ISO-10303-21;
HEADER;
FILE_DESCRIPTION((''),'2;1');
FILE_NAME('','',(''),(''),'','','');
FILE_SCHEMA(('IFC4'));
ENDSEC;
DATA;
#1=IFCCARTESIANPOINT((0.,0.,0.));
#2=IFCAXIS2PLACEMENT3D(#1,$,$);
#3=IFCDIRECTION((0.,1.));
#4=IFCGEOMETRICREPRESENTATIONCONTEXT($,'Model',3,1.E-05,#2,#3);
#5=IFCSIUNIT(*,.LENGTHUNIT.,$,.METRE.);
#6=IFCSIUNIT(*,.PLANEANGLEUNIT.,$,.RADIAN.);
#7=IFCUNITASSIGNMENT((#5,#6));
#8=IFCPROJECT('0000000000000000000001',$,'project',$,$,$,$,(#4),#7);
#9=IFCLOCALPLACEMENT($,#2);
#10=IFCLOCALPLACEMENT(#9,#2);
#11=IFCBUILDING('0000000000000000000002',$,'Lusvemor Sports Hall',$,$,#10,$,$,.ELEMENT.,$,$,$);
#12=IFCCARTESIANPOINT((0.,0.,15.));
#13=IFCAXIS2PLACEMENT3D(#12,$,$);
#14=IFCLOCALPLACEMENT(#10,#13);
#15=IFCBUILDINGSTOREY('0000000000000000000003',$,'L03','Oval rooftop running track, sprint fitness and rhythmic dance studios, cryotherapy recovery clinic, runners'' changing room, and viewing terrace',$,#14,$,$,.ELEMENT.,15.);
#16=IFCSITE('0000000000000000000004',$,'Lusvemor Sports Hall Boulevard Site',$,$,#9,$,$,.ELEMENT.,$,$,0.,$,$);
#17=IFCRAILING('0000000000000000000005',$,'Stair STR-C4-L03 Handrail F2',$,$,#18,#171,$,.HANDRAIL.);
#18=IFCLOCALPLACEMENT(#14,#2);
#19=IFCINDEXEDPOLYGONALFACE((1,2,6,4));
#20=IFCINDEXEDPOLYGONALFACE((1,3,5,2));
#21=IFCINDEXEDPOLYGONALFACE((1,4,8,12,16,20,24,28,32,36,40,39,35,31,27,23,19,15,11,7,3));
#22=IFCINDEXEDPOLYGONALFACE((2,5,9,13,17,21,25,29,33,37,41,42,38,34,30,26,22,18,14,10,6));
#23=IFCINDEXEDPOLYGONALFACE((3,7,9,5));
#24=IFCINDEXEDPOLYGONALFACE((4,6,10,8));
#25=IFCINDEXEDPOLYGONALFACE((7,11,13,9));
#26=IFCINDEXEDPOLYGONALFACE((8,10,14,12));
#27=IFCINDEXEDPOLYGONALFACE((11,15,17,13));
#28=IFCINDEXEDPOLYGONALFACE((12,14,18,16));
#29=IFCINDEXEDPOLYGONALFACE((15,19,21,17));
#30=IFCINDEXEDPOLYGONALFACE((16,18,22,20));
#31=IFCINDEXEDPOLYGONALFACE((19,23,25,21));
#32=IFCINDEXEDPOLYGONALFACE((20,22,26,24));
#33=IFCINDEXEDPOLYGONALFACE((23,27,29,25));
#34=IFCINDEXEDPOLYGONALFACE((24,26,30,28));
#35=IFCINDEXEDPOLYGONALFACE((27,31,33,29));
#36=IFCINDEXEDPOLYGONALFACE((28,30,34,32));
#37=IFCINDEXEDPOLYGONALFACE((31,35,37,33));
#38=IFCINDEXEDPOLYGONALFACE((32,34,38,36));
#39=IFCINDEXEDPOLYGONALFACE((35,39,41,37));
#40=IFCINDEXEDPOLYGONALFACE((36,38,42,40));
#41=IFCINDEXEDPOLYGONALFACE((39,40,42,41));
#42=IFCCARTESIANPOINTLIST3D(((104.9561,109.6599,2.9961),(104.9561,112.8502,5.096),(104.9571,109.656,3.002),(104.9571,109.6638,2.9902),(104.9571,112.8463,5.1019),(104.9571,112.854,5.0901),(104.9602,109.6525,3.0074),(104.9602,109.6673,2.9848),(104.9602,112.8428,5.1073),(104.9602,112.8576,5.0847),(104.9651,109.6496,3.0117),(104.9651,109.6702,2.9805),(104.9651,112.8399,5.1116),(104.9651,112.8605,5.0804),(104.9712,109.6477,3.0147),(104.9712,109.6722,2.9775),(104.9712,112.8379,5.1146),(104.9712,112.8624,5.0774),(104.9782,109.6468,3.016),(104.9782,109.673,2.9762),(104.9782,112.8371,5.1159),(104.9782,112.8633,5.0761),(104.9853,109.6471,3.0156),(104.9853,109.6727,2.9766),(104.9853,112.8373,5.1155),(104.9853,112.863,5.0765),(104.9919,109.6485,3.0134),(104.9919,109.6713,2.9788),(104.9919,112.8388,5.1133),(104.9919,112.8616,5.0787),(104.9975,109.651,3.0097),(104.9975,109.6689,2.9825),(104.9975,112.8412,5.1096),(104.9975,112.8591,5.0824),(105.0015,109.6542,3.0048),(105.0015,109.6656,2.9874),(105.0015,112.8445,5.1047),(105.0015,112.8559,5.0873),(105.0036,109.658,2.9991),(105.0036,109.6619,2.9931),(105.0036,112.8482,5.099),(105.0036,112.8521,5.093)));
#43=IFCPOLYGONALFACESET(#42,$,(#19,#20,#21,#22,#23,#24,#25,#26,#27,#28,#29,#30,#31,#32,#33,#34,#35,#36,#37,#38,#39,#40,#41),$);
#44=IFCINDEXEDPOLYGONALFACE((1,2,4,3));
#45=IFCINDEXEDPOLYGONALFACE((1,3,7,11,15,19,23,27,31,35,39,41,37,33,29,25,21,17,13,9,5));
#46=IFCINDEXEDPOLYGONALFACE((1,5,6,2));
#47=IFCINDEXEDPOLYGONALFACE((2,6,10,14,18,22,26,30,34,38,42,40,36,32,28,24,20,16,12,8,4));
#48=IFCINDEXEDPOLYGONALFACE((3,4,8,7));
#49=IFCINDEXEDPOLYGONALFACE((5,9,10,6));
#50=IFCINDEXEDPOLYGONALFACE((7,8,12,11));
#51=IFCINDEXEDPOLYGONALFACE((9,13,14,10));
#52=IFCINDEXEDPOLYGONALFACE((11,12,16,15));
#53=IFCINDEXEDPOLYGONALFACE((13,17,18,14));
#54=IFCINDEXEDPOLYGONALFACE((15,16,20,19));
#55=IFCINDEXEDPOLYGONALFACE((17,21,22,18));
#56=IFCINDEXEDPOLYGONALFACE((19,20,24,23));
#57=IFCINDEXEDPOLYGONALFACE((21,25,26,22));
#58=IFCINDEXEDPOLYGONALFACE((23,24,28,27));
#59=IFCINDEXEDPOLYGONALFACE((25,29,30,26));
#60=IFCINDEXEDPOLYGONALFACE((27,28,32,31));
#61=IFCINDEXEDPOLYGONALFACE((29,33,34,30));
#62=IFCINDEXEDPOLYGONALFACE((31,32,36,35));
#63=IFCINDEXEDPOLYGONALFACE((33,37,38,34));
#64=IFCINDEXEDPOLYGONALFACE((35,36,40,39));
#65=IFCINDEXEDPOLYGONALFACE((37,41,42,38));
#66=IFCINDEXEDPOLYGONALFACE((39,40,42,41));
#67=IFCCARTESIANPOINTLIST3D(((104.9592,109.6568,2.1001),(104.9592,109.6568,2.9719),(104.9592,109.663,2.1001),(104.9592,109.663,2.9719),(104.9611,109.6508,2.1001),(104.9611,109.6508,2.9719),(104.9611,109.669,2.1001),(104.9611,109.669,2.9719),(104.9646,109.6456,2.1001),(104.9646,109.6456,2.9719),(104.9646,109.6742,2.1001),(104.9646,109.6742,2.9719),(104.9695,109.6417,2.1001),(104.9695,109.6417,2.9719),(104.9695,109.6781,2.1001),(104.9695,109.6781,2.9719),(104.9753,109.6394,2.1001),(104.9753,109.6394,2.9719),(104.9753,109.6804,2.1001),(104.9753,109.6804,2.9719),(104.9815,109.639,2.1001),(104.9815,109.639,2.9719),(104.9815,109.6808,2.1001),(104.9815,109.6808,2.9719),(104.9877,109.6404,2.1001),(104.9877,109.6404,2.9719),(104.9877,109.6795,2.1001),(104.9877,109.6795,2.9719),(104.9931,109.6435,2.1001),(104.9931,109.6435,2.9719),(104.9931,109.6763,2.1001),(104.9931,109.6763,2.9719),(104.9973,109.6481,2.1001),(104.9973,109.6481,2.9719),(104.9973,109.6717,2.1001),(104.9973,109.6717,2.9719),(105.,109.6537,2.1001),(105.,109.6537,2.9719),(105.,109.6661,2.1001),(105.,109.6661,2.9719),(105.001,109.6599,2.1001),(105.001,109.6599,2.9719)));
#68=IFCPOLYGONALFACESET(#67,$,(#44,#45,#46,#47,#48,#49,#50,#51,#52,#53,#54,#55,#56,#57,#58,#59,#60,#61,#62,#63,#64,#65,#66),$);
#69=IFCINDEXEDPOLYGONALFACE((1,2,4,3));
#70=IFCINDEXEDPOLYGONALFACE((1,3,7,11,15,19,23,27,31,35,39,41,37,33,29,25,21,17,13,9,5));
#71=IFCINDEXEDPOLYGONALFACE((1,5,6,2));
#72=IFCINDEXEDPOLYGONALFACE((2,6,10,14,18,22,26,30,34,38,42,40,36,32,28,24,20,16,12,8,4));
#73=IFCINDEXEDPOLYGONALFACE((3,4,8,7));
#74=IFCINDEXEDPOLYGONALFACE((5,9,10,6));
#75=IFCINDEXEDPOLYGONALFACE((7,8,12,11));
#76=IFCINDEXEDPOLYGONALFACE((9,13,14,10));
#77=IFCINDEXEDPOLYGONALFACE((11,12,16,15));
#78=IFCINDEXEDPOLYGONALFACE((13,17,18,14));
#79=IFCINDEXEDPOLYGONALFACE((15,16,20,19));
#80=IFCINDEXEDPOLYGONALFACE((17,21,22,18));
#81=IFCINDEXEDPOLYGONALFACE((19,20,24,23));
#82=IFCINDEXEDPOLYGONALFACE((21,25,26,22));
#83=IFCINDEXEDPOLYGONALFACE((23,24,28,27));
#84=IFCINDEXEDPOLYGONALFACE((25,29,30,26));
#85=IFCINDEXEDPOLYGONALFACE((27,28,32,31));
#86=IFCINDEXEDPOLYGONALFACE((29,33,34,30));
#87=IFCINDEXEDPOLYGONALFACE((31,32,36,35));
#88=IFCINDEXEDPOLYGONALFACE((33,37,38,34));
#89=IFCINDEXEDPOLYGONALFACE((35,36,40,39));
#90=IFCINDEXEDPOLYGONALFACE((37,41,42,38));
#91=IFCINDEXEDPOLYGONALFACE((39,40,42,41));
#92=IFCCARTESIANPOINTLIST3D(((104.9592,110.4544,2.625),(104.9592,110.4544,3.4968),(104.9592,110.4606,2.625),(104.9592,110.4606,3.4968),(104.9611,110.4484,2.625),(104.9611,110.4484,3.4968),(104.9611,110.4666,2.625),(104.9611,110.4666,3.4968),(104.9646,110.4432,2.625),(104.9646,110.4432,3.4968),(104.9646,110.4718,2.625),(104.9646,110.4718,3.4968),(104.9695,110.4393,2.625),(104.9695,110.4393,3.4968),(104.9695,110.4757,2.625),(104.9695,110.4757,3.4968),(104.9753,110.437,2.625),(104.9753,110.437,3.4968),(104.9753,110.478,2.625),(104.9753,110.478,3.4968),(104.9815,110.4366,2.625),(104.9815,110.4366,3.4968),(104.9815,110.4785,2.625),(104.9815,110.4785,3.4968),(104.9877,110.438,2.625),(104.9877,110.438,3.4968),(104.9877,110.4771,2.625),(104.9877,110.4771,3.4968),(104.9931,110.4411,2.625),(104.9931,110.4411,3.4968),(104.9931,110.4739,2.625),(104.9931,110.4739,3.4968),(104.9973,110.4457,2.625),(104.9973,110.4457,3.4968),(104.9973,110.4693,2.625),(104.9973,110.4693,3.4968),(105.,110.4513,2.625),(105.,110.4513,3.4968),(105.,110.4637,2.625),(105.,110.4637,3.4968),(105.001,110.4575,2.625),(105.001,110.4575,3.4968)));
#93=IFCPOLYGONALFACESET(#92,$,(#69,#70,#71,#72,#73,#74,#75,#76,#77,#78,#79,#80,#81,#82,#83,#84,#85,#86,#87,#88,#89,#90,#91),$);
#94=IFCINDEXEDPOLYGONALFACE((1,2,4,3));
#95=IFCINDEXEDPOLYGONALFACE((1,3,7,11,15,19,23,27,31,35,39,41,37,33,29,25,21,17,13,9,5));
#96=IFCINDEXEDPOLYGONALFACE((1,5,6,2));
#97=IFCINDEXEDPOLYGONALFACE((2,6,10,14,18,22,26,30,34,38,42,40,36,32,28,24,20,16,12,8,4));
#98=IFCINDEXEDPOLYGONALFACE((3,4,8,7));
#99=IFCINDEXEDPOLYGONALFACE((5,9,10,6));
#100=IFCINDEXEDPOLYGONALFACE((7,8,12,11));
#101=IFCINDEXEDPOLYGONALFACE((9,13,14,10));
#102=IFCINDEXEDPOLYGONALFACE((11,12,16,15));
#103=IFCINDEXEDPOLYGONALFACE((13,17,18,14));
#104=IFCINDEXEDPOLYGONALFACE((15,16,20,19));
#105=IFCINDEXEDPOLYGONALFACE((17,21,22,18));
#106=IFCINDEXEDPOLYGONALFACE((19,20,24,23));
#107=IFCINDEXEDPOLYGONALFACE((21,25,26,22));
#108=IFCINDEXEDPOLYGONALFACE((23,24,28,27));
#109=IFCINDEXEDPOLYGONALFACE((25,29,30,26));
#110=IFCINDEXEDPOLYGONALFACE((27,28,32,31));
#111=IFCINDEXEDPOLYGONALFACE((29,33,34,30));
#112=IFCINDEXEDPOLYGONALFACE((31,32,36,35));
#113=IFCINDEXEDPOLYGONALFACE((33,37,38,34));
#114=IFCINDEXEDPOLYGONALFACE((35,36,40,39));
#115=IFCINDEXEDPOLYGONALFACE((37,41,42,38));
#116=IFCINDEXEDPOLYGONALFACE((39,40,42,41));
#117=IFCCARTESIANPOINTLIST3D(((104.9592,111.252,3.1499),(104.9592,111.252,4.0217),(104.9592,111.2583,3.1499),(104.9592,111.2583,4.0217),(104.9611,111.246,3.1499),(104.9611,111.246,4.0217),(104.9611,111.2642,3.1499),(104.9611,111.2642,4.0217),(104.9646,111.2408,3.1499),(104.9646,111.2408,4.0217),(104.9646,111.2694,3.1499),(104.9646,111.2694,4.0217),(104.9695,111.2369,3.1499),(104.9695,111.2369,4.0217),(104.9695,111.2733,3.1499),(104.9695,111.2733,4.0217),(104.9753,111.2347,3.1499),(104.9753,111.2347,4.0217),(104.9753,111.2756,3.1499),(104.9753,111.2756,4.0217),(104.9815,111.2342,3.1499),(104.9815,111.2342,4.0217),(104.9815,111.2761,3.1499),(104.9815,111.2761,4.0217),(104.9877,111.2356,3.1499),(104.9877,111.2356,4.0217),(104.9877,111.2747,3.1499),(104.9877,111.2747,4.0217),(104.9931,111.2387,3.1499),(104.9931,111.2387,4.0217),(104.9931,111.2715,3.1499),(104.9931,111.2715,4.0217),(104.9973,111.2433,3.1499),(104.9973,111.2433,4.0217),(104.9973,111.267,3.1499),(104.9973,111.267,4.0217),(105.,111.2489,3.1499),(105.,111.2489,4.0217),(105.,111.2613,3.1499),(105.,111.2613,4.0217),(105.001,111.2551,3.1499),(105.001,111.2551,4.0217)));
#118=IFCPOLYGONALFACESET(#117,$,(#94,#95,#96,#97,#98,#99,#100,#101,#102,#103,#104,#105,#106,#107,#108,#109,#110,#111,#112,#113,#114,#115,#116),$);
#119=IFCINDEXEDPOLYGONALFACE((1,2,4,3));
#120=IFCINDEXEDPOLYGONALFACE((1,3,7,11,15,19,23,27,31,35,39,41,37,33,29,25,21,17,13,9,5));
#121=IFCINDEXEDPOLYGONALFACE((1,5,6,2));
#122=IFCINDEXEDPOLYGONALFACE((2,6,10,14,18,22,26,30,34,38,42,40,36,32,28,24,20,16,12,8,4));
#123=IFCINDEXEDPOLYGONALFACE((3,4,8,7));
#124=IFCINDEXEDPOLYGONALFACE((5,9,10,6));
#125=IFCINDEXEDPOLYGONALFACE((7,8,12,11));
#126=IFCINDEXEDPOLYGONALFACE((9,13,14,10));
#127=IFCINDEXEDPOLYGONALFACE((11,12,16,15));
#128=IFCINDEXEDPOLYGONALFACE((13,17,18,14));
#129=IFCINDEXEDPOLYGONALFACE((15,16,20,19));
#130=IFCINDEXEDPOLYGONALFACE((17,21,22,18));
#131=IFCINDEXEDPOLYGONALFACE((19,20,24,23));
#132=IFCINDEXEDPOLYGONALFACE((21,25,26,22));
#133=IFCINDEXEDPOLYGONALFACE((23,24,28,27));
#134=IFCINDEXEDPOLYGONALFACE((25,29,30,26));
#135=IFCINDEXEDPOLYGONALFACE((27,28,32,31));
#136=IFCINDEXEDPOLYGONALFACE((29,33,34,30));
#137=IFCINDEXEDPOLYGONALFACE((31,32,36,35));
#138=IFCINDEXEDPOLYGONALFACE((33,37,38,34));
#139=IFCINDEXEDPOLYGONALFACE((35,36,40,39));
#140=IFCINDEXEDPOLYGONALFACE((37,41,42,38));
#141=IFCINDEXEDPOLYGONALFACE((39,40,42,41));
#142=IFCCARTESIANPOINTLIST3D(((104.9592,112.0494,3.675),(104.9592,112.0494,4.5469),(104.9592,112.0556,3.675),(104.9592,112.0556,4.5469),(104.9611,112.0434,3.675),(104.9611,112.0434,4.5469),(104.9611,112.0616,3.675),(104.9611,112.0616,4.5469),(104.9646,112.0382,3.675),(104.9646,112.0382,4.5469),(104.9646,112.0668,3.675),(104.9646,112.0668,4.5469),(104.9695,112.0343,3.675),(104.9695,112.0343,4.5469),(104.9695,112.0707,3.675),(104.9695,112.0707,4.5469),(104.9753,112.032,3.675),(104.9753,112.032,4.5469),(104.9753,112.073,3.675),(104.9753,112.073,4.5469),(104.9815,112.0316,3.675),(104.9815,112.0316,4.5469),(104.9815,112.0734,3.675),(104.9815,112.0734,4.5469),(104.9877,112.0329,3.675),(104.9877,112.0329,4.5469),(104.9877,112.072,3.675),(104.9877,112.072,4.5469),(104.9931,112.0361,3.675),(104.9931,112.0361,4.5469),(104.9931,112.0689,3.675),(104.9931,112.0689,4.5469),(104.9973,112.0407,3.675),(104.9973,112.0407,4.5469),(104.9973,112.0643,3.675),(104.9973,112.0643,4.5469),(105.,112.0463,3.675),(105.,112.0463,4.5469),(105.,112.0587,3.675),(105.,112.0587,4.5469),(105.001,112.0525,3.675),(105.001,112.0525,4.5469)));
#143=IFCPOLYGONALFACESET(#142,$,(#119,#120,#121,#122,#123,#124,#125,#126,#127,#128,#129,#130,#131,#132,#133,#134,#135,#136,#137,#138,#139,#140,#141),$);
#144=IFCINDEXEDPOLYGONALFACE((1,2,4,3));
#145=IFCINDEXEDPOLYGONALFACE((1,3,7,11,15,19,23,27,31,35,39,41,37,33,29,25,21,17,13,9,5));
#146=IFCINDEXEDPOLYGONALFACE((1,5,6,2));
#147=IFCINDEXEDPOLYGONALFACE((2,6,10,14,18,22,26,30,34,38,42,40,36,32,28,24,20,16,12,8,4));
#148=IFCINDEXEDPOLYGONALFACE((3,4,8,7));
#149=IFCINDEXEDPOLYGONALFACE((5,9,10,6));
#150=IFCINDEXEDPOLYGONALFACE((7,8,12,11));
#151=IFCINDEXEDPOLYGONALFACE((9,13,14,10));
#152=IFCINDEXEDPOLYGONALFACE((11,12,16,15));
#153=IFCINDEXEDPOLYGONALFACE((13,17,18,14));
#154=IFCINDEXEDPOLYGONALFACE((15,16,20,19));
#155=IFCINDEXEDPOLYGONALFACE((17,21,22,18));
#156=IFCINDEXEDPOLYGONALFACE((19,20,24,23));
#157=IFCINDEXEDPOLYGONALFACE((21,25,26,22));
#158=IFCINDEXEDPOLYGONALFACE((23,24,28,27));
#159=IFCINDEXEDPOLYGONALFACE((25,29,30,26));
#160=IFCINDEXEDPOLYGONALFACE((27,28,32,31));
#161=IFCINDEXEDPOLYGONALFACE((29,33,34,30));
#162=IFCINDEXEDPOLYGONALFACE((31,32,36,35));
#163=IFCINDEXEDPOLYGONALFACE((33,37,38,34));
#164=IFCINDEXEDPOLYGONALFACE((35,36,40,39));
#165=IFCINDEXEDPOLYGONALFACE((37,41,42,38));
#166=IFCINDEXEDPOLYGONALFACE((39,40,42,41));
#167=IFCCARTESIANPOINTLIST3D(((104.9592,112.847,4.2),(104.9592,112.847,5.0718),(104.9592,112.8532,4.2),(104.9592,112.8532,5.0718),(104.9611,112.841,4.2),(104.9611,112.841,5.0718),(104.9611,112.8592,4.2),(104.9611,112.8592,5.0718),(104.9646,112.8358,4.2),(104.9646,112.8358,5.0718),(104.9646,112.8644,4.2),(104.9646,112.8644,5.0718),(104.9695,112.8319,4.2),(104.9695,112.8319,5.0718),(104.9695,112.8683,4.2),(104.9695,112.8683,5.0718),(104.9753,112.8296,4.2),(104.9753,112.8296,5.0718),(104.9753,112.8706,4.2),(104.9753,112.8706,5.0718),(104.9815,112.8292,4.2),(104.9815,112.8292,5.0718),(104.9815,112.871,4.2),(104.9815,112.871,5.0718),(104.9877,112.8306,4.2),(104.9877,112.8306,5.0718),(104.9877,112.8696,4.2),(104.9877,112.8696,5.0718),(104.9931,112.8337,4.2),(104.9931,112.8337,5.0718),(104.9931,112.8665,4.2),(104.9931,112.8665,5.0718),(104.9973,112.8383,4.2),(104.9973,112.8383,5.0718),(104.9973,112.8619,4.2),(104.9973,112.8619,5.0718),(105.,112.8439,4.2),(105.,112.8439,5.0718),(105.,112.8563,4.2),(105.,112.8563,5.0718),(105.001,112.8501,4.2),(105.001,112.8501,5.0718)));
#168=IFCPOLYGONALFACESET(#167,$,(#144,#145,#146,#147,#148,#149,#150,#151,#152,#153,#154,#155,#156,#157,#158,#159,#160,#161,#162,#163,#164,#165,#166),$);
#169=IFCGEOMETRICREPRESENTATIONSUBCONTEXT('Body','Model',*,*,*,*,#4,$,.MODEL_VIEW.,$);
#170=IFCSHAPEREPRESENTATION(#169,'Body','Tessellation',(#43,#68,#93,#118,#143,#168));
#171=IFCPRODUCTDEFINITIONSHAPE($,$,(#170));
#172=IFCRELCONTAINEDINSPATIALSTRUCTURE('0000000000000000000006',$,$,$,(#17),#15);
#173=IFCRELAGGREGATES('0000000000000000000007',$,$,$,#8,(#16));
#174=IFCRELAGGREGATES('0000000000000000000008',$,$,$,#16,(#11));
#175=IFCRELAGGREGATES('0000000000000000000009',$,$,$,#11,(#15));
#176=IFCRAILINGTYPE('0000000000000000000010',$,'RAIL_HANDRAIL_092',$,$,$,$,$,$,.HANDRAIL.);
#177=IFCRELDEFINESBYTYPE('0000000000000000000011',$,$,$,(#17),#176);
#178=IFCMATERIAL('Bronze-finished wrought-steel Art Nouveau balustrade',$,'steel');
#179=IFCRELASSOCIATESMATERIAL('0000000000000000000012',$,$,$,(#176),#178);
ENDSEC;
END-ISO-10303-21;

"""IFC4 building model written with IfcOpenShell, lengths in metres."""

from ifc_helpers import new_model, si_unit, direction, frame, origin, origin_2d, place, context, subcontext, project, spatial, circle, extrude, material, type_object, element, save


model = new_model("IFC4")

# Units and contexts
model_context = context("Model", 3, precision=1e-05, world=origin(), true_north=direction((0.0, 1.0)))
body_context = subcontext(model_context, "Body", "Model", "MODEL_VIEW")
ifc_project = project(units=[si_unit("LENGTHUNIT", "METRE"), si_unit("PLANEANGLEUNIT", "RADIAN")], contexts=[model_context])

# Site, building, storey
site_placement = place(None, origin())
site = spatial("IfcSite", under=ifc_project, at=site_placement, Name="Lusvemor Sports Hall Boulevard Site", CompositionType="ELEMENT", RefElevation=0.0)
building_placement = place(site_placement, origin())
building = spatial("IfcBuilding", under=site, at=building_placement, Name="Lusvemor Sports Hall", CompositionType="ELEMENT")
storey_placement = place(building_placement, frame((0.0, 0.0, 15.0)))
storey = spatial("IfcBuildingStorey", under=building, at=storey_placement, Name="L03", Description="Oval rooftop running track, sprint fitness and rhythmic dance studios, cryotherapy recovery clinic, runners' changing room, and viewing terrace", CompositionType="ELEMENT", Elevation=15.0)

# Railing
ifc_material_1 = material(Name="Bronze-finished wrought-steel Art Nouveau balustrade", Category="steel")
railing_type_1 = type_object("IfcRailingType", Name="RAIL_HANDRAIL_092", PredefinedType="HANDRAIL", material=ifc_material_1)
railing_1_placement = place(storey_placement, frame((104.98, 109.6599, 2.1001)))
element("IfcRailing", 1, at=railing_1_placement, inside=storey, type_object=railing_type_1, Name="Stair STR-C4-L03 Handrail F2", PredefinedType="HANDRAIL", context=body_context, shape_type="SweptSolid", body=[
    extrude(circle(Radius=0.0239, at=origin_2d()), frame((0.0, 0.0, 0.896), z_axis=(0.0, 0.835291, 0.549808), x_axis=(-1.0, 0.0, 0.0)), (0.0, 0.0, 1.0), 3.8193),
    extrude(circle(Radius=0.021, at=origin_2d()), origin(), (0.0, 0.0, 1.0), 0.8718),
    extrude(circle(Radius=0.021, at=origin_2d()), frame((0.0, 0.7976, 0.5249)), (0.0, 0.0, 1.0), 0.8718),
    extrude(circle(Radius=0.021, at=origin_2d()), frame((0.0, 1.5952, 1.0498)), (0.0, 0.0, 1.0), 0.8718),
    extrude(circle(Radius=0.021, at=origin_2d()), frame((0.0, 2.3926, 1.575)), (0.0, 0.0, 1.0), 0.8718),
    extrude(circle(Radius=0.021, at=origin_2d()), frame((0.0, 3.1902, 2.0999)), (0.0, 0.0, 1.0), 0.8718),
])

save(model, "model.ifc")
